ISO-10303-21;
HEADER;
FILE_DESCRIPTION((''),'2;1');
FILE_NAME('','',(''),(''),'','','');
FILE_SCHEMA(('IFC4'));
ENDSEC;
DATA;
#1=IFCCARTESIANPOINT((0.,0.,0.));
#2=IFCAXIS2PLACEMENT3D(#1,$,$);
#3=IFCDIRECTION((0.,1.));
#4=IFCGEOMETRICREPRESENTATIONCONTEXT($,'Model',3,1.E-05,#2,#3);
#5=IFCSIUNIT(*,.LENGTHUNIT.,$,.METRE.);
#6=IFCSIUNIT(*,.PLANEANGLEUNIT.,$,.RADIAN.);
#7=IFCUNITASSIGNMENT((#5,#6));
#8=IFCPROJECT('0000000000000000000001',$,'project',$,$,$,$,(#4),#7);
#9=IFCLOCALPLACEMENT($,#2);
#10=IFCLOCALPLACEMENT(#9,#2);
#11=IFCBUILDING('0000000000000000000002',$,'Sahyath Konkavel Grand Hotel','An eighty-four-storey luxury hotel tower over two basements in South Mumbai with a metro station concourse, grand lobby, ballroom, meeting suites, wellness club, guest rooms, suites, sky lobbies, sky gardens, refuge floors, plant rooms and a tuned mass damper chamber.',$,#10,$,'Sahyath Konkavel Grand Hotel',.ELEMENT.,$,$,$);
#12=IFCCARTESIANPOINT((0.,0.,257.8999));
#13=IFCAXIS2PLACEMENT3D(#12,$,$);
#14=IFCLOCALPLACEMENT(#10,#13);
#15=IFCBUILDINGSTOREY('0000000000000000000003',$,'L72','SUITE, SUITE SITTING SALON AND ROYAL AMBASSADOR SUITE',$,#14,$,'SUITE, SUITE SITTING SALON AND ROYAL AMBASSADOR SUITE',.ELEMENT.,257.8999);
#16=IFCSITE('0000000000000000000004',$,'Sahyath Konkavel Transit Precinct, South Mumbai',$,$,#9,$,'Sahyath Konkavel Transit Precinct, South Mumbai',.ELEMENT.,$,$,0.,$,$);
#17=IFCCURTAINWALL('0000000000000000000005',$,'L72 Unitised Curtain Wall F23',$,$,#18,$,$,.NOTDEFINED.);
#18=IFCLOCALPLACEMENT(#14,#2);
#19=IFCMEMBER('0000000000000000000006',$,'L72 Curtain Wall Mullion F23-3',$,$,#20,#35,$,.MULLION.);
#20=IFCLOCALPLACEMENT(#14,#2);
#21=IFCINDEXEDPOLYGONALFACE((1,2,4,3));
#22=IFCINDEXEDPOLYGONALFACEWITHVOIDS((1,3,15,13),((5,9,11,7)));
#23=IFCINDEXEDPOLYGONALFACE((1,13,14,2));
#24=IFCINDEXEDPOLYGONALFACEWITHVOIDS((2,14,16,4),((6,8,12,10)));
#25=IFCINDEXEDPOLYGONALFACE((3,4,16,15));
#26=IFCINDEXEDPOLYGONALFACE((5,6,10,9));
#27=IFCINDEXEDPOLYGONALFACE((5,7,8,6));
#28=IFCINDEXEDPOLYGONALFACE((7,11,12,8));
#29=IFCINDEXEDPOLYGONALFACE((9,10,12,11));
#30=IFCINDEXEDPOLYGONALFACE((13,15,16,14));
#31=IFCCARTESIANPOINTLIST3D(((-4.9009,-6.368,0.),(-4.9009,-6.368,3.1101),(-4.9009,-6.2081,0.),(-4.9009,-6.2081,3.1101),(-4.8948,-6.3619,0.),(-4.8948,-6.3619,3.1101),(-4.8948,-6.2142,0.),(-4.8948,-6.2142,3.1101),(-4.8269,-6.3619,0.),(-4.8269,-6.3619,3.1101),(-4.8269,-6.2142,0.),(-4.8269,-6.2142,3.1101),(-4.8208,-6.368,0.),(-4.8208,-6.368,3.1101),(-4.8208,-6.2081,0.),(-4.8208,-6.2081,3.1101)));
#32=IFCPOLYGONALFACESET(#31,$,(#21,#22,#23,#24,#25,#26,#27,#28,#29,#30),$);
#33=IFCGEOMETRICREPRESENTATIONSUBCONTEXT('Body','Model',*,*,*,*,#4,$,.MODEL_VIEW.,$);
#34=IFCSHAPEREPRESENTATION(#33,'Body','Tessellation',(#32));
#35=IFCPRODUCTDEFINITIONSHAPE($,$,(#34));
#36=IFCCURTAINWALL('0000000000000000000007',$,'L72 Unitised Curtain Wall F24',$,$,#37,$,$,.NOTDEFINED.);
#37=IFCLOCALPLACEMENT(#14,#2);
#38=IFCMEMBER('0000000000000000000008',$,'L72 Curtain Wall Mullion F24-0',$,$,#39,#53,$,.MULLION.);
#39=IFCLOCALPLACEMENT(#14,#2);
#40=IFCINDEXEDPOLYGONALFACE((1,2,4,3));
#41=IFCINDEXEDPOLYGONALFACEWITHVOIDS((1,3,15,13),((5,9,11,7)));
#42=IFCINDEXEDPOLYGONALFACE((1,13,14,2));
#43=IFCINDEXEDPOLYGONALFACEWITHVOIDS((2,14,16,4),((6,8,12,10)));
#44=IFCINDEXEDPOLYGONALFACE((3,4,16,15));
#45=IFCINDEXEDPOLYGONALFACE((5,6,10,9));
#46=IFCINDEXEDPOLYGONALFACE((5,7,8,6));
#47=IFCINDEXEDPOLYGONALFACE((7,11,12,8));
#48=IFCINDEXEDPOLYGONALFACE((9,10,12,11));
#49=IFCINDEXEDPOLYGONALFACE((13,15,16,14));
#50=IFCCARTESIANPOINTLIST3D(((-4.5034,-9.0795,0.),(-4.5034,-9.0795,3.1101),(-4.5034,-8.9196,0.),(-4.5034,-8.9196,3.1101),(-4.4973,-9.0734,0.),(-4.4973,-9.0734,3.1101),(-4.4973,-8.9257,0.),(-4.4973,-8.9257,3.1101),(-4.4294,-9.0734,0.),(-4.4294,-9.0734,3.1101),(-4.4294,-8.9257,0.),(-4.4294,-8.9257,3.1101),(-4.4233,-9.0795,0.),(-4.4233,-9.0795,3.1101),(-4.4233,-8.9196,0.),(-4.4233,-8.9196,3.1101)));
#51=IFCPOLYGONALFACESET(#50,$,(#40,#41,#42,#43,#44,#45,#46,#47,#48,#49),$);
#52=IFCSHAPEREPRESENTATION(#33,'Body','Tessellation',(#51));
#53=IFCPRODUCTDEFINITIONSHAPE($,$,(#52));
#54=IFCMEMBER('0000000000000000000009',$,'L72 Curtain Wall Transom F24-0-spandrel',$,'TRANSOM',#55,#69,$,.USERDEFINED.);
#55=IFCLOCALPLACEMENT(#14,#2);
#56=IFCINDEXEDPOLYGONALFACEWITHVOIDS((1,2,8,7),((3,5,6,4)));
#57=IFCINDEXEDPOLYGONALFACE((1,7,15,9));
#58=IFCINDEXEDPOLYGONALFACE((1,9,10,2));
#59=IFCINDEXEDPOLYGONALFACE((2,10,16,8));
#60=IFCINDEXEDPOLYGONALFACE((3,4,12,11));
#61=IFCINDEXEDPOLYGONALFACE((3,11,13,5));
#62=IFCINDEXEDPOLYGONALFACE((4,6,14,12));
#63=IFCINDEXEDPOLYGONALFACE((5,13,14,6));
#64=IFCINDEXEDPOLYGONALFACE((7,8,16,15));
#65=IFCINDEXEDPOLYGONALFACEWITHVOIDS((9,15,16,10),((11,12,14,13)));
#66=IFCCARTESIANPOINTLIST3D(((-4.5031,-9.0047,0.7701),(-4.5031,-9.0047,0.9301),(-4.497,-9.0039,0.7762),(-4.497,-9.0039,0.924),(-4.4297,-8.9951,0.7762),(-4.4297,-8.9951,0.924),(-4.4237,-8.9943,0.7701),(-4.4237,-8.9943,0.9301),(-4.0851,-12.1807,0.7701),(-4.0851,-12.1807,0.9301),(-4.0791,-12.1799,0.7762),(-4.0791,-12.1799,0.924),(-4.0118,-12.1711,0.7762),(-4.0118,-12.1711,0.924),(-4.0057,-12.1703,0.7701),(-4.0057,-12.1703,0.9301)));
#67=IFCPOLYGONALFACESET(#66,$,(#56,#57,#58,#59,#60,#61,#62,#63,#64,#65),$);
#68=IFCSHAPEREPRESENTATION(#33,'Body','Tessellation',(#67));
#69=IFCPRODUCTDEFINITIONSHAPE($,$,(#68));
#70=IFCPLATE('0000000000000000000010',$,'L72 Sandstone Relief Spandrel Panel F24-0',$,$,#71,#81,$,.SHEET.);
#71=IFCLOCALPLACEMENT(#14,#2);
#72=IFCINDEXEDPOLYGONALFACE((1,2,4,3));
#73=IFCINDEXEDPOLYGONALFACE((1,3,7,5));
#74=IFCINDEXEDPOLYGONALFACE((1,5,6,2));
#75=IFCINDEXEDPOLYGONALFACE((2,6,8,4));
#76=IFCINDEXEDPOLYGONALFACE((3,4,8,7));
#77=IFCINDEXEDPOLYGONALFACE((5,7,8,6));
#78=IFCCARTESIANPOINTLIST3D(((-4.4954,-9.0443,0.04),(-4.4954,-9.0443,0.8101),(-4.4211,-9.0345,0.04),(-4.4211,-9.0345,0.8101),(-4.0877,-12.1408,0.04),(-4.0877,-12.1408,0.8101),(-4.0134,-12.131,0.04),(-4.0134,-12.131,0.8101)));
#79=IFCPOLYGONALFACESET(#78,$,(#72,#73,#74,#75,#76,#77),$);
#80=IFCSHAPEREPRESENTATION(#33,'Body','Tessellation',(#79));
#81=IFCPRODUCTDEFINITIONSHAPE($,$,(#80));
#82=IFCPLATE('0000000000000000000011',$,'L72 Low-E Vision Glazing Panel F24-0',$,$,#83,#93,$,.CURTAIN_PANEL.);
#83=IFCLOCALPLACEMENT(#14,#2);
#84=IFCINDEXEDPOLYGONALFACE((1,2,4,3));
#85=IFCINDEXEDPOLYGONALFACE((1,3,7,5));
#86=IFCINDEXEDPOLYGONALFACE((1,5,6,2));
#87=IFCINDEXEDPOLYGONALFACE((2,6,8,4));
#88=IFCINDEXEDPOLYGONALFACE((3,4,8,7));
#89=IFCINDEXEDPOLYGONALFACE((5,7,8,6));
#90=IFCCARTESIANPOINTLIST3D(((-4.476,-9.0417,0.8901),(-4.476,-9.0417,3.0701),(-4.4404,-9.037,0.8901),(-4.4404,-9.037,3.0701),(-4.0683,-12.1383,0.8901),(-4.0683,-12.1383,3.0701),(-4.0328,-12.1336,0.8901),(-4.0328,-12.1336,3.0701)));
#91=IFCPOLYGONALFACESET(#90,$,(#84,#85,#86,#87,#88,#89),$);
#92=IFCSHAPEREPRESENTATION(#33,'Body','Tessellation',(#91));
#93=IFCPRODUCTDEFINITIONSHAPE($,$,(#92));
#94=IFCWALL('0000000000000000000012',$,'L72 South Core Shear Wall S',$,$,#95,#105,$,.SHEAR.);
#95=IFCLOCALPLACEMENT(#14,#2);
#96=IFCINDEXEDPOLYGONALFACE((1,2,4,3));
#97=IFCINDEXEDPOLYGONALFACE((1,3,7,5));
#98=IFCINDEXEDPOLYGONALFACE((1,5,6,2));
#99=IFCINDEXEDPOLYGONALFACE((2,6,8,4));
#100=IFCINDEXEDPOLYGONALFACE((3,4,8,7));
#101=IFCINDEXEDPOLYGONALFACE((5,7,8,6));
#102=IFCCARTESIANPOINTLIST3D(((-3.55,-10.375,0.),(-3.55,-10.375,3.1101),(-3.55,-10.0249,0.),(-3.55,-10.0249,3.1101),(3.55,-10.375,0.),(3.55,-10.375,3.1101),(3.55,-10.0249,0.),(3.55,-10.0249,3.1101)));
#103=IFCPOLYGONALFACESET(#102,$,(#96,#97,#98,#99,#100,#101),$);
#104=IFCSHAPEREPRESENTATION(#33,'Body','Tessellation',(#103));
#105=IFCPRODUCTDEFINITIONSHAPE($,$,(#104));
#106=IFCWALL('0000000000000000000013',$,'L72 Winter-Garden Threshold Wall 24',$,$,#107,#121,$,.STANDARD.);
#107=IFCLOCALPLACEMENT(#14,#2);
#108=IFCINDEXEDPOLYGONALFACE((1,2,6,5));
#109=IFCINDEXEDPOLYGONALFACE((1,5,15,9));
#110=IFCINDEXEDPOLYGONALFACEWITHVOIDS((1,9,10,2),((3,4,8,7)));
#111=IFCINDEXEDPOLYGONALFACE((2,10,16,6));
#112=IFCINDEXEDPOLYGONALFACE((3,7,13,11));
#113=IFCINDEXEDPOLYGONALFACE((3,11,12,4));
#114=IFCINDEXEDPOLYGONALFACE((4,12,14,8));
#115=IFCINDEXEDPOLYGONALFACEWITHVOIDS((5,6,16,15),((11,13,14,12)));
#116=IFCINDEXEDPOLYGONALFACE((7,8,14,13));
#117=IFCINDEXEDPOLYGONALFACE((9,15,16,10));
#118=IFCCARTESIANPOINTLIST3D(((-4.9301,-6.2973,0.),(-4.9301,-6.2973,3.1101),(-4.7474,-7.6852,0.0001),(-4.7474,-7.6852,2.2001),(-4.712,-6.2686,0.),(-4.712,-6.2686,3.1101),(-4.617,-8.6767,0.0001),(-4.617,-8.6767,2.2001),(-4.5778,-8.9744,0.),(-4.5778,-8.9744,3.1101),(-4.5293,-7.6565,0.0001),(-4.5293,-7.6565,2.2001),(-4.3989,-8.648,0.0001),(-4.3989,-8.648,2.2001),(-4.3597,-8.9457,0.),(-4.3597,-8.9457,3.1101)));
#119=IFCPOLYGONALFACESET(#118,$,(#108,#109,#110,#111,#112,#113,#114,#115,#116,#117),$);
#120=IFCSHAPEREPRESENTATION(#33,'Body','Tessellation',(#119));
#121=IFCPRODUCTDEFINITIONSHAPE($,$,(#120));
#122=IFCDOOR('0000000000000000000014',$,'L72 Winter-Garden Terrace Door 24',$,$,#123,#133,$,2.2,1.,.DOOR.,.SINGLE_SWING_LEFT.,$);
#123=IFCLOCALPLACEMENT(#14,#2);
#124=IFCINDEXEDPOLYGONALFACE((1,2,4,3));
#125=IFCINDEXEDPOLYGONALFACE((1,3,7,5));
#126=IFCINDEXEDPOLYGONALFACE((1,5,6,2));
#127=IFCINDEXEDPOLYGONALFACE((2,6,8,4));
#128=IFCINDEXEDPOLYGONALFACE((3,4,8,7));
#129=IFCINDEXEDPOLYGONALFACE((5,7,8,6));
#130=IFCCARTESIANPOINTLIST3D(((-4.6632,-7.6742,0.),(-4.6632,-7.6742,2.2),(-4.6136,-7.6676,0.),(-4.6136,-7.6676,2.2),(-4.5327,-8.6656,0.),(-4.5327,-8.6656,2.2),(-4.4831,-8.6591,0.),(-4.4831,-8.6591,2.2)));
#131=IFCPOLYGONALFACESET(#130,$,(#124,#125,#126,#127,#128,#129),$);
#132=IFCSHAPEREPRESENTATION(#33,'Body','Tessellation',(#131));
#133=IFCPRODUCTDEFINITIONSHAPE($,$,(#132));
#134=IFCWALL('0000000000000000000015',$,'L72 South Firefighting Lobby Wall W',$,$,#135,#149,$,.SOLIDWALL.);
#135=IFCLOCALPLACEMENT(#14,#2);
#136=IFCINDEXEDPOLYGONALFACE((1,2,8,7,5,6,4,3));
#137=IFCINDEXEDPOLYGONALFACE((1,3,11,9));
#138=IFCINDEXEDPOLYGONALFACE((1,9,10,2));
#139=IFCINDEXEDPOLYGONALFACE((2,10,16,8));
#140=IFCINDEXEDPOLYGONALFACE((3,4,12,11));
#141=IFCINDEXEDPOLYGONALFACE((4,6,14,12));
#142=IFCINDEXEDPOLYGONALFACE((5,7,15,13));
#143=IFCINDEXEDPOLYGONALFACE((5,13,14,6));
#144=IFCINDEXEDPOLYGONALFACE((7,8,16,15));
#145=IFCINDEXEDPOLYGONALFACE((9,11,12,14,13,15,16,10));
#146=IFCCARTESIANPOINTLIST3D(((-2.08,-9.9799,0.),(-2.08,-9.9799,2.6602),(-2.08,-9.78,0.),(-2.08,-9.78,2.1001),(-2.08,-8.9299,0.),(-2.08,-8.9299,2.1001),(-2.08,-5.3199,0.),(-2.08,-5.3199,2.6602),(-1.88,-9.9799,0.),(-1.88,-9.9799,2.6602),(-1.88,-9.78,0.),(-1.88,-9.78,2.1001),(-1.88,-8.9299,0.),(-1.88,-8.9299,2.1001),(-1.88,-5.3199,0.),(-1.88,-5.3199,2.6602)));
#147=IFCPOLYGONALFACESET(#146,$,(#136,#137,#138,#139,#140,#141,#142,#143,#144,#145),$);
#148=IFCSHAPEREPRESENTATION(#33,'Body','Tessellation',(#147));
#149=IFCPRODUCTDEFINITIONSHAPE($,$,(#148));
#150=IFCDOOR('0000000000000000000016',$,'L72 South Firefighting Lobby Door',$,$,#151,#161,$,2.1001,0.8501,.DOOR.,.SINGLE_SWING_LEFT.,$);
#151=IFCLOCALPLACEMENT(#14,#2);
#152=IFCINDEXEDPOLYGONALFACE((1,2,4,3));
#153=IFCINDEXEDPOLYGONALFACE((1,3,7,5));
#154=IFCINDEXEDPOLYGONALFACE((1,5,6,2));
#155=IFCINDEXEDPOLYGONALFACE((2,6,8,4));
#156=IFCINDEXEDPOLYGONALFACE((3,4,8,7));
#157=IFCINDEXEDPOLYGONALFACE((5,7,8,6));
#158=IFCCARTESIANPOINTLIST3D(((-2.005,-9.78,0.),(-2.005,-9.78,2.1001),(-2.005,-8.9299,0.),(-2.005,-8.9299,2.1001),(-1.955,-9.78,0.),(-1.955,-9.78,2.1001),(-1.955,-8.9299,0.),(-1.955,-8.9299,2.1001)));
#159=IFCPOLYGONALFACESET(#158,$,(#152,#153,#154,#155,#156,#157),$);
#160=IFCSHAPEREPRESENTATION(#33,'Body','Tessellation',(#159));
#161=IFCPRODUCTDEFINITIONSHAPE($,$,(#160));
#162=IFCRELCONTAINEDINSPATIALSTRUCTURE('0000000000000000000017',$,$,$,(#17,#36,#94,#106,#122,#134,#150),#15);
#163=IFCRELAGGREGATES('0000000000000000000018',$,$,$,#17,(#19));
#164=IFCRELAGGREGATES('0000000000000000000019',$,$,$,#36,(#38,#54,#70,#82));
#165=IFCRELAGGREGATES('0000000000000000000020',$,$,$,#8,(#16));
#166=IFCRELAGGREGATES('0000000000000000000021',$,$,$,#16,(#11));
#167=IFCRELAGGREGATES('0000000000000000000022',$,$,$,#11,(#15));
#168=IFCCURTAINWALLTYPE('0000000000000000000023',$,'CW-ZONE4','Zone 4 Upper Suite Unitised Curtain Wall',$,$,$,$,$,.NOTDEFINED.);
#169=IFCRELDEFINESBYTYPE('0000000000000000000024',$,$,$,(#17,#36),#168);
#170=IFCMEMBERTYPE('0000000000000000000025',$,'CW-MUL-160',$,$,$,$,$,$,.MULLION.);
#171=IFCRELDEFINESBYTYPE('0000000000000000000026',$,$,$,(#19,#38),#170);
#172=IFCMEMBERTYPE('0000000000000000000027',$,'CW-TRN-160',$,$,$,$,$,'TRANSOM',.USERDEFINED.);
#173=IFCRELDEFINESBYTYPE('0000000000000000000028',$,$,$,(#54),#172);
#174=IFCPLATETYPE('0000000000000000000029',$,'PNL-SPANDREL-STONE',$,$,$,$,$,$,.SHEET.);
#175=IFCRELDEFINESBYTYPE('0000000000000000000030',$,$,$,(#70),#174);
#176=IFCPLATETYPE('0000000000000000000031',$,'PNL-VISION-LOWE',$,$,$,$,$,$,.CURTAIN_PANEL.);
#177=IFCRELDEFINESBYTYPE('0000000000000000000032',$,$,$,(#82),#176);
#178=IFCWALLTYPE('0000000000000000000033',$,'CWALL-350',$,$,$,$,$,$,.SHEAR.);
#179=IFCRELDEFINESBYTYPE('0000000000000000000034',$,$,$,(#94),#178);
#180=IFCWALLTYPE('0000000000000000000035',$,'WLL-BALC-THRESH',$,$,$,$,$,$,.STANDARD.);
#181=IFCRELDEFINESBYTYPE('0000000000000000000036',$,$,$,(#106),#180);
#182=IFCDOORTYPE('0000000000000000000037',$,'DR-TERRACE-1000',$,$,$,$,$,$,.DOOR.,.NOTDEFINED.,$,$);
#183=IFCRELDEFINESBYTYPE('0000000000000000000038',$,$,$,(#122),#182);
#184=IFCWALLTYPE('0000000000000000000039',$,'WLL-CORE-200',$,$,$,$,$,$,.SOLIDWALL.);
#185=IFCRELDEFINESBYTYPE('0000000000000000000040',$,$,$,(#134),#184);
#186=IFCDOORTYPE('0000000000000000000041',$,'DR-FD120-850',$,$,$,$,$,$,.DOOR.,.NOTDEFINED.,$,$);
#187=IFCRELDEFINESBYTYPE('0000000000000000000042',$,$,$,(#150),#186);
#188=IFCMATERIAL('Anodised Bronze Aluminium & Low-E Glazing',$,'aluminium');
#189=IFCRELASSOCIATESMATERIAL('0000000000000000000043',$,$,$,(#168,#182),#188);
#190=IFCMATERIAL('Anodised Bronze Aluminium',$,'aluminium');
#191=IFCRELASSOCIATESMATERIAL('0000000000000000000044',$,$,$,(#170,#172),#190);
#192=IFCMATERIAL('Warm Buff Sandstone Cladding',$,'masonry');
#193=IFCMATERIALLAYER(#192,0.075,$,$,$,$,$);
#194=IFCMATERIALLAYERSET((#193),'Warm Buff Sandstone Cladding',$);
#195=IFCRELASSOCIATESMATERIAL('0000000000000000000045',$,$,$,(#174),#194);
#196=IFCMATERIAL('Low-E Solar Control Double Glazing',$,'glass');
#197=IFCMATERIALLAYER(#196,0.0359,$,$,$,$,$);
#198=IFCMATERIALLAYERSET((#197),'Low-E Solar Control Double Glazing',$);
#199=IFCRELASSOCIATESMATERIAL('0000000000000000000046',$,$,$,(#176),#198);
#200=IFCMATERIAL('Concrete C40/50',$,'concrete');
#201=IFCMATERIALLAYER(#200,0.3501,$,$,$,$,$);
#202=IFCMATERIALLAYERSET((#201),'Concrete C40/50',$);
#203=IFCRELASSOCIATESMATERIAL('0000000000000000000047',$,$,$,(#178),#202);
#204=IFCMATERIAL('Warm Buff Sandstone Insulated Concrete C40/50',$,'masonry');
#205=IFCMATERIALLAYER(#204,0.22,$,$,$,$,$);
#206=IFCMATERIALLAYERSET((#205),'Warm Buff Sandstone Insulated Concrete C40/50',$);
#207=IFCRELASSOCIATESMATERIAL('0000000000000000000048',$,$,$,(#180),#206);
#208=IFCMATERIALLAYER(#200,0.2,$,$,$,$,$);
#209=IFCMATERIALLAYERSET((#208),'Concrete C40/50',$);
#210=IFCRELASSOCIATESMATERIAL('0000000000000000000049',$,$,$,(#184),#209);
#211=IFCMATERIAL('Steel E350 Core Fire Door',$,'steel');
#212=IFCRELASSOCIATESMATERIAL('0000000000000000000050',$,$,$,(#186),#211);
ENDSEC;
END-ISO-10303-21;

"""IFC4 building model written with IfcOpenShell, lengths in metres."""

from ifc_helpers import new_model, si_unit, direction, frame, frame_2d, origin, origin_2d, place, context, subcontext, project, spatial, rectangle, hollow_rectangle, extrude, source, transform, mapped, material, layer, layer_set, material_profile, profile_set, type_object, element, fill, aggregate, save


model = new_model("IFC4")

# Units and contexts
model_context = context("Model", 3, precision=1e-05, world=origin(), true_north=direction((0.0, 1.0)))
body_context = subcontext(model_context, "Body", "Model", "MODEL_VIEW")
ifc_project = project(units=[si_unit("LENGTHUNIT", "METRE"), si_unit("PLANEANGLEUNIT", "RADIAN")], contexts=[model_context])

# Site, building, storey
site_placement = place(None, origin())
site = spatial("IfcSite", under=ifc_project, at=site_placement, Name="Sahyath Konkavel Transit Precinct, South Mumbai", LongName="Sahyath Konkavel Transit Precinct, South Mumbai", CompositionType="ELEMENT", RefElevation=0.0)
building_placement = place(site_placement, origin())
building = spatial("IfcBuilding", under=site, at=building_placement, Name="Sahyath Konkavel Grand Hotel", Description="An eighty-four-storey luxury hotel tower over two basements in South Mumbai with a metro station concourse, grand lobby, ballroom, meeting suites, wellness club, guest rooms, suites, sky lobbies, sky gardens, refuge floors, plant rooms and a tuned mass damper chamber.", LongName="Sahyath Konkavel Grand Hotel", CompositionType="ELEMENT")
storey_placement = place(building_placement, frame((0.0, 0.0, 257.8999)))
storey = spatial("IfcBuildingStorey", under=building, at=storey_placement, Name="L72", Description="SUITE, SUITE SITTING SALON AND ROYAL AMBASSADOR SUITE", LongName="SUITE, SUITE SITTING SALON AND ROYAL AMBASSADOR SUITE", CompositionType="ELEMENT", Elevation=257.8999)

# Shared definitions
ifc_material_1 = material(Name="Concrete C40/50", Category="concrete")

# Curtain wall, member
ifc_material_2 = material(Name="Anodised Bronze Aluminium & Low-E Glazing", Category="aluminium")
curtain_wall_type = type_object("IfcCurtainWallType", Name="CW-ZONE4", Description="Zone 4 Upper Suite Unitised Curtain Wall", PredefinedType="NOTDEFINED", material=ifc_material_2)
curtain_wall_1_placement = place(storey_placement, origin())
curtain_wall_1 = element("IfcCurtainWall", 1, at=curtain_wall_1_placement, inside=storey, type_object=curtain_wall_type, Name="L72 Unitised Curtain Wall F23", PredefinedType="NOTDEFINED")
ifc_material_3 = material(Name="Anodised Bronze Aluminium", Category="aluminium")
ifc_material_profile_1 = material_profile(ifc_material_3, hollow_rectangle(XDim=0.0801, YDim=0.1599, WallThickness=0.0061, at=origin_2d()), Name="RHS 160x80x6")
ifc_profile_set_1 = profile_set([ifc_material_profile_1], Name="Anodised Bronze Aluminium")
member_type_1 = type_object("IfcMemberType", Name="CW-MUL-160", PredefinedType="MULLION", material=ifc_profile_set_1)
shared_shape_1 = source(origin(), body_context, "Body", "SweptSolid", [
    extrude(hollow_rectangle(XDim=0.0801, YDim=0.1599, WallThickness=0.0061, at=origin_2d()), origin(), (0.0, 0.0, 1.0), 3.1101),
])
member_1_placement = place(storey_placement, frame((-4.8608, -6.2881, 0.0), z_axis=(0.0, 0.0, 1.0), x_axis=(1.0, 0.0, 0.0)))
member_1 = element("IfcMember", 2, at=member_1_placement, type_object=member_type_1, Name="L72 Curtain Wall Mullion F23-3", PredefinedType="MULLION", context=body_context, shape_type="MappedRepresentation", body=[
    mapped(shared_shape_1, transform((0.0, 0.0, 0.0), scale=1.0)),
])
aggregate(curtain_wall_1, [member_1])

# Curtain wall, members, plates
curtain_wall_2_placement = place(storey_placement, origin())
curtain_wall_2 = element("IfcCurtainWall", 3, at=curtain_wall_2_placement, inside=storey, type_object=curtain_wall_type, Name="L72 Unitised Curtain Wall F24", PredefinedType="NOTDEFINED")
member_2_placement = place(storey_placement, frame((-4.4634, -8.9995, 0.0), z_axis=(0.0, 0.0, 1.0), x_axis=(1.0, 0.0, 0.0)))
member_2 = element("IfcMember", 4, at=member_2_placement, type_object=member_type_1, Name="L72 Curtain Wall Mullion F24-0", PredefinedType="MULLION", context=body_context, shape_type="MappedRepresentation", body=[
    mapped(shared_shape_1, transform((0.0, 0.0, 0.0), scale=1.0)),
])
ifc_material_profile_2 = material_profile(ifc_material_3, hollow_rectangle(XDim=0.0801, YDim=0.1599, WallThickness=0.0061, at=origin_2d()), Name="RHS 160x80x6")
ifc_profile_set_2 = profile_set([ifc_material_profile_2], Name="Anodised Bronze Aluminium")
member_type_2 = type_object("IfcMemberType", Name="CW-TRN-160", ElementType="TRANSOM", PredefinedType="USERDEFINED", material=ifc_profile_set_2)
shared_shape_2 = source(origin(), body_context, "Body", "SweptSolid", [
    extrude(hollow_rectangle(XDim=0.0801, YDim=0.1599, WallThickness=0.0061, at=origin_2d()), origin(), (0.0, 0.0, 1.0), 3.2034),
])
member_3_placement = place(storey_placement, frame((-4.4634, -8.9995, 0.8501), z_axis=(0.130476, -0.991451, 0.0), x_axis=(0.991451, 0.130476, 0.0)))
member_3 = element("IfcMember", 5, at=member_3_placement, type_object=member_type_2, Name="L72 Curtain Wall Transom F24-0-spandrel", ObjectType="TRANSOM", PredefinedType="USERDEFINED", context=body_context, shape_type="MappedRepresentation", body=[
    mapped(shared_shape_2, transform((0.0, 0.0, 0.0), scale=1.0)),
])
ifc_material_4 = material(Name="Warm Buff Sandstone Cladding", Category="masonry")
ifc_layer_1 = layer(ifc_material_4, 0.075)
ifc_layer_set_1 = layer_set([ifc_layer_1], Name="Warm Buff Sandstone Cladding")
plate_type_1 = type_object("IfcPlateType", Name="PNL-SPANDREL-STONE", PredefinedType="SHEET", material=ifc_layer_set_1)
shared_shape_3 = source(origin(), body_context, "Body", "SweptSolid", [
    extrude(rectangle(XDim=3.1233, YDim=0.075, at=origin_2d()), origin(), (0.0, 0.0, 1.0), 0.77),
])
plate_1_placement = place(storey_placement, frame((-4.2544, -10.5876, 0.04), z_axis=(0.0, 0.0, 1.0), x_axis=(0.130526, -0.991445, 0.0)))
plate_1 = element("IfcPlate", 6, at=plate_1_placement, type_object=plate_type_1, Name="L72 Sandstone Relief Spandrel Panel F24-0", PredefinedType="SHEET", context=body_context, shape_type="MappedRepresentation", body=[
    mapped(shared_shape_3, transform((0.0, 0.0, 0.0), scale=1.0)),
])
ifc_material_5 = material(Name="Low-E Solar Control Double Glazing", Category="glass")
ifc_layer_2 = layer(ifc_material_5, 0.0359)
ifc_layer_set_2 = layer_set([ifc_layer_2], Name="Low-E Solar Control Double Glazing")
plate_type_2 = type_object("IfcPlateType", Name="PNL-VISION-LOWE", PredefinedType="CURTAIN_PANEL", material=ifc_layer_set_2)
shared_shape_4 = source(origin(), body_context, "Body", "SweptSolid", [
    extrude(rectangle(XDim=3.1233, YDim=0.0359, at=origin_2d()), origin(), (0.0, 0.0, 1.0), 2.1799),
])
plate_2_placement = place(storey_placement, frame((-4.2544, -10.5876, 0.8901), z_axis=(0.0, 0.0, 1.0), x_axis=(0.130526, -0.991445, 0.0)))
plate_2 = element("IfcPlate", 7, at=plate_2_placement, type_object=plate_type_2, Name="L72 Low-E Vision Glazing Panel F24-0", PredefinedType="CURTAIN_PANEL", context=body_context, shape_type="MappedRepresentation", body=[
    mapped(shared_shape_4, transform((0.0, 0.0, 0.0), scale=1.0)),
])
aggregate(curtain_wall_2, [member_2, member_3, plate_1, plate_2])

# Wall
ifc_layer_3 = layer(ifc_material_1, 0.3501)
ifc_layer_set_3 = layer_set([ifc_layer_3], Name="Concrete C40/50")
wall_type_1 = type_object("IfcWallType", Name="CWALL-350", PredefinedType="SHEAR", material=ifc_layer_set_3)
wall_1_placement = place(storey_placement, frame((-3.55, -10.2, 0.0), z_axis=(0.0, 0.0, 1.0), x_axis=(1.0, 0.0, 0.0)))
element("IfcWall", 8, at=wall_1_placement, inside=storey, type_object=wall_type_1, Name="L72 South Core Shear Wall S", PredefinedType="SHEAR", context=body_context, shape_type="SweptSolid", body=[
    extrude(rectangle(XDim=7.1001, YDim=0.3501, at=frame_2d((3.55, 0.0))), origin(), (0.0, 0.0, 1.0), 3.1101),
])

# Walls, openings, doors
ifc_material_6 = material(Name="Warm Buff Sandstone Insulated Concrete C40/50", Category="masonry")
ifc_layer_4 = layer(ifc_material_6, 0.22)
ifc_layer_set_4 = layer_set([ifc_layer_4], Name="Warm Buff Sandstone Insulated Concrete C40/50")
wall_type_2 = type_object("IfcWallType", Name="WLL-BALC-THRESH", PredefinedType="STANDARD", material=ifc_layer_set_4)
wall_2_placement = place(storey_placement, frame((-4.821, -6.283, 0.0), z_axis=(0.0, 0.0, 1.0), x_axis=(0.130476, -0.991452, 0.0)))
wall_2 = element("IfcWall", 9, at=wall_2_placement, inside=storey, type_object=wall_type_2, Name="L72 Winter-Garden Threshold Wall 24", PredefinedType="STANDARD", context=body_context, shape_type="SweptSolid", body=[
    extrude(rectangle(XDim=2.7002, YDim=0.22, at=frame_2d((1.3501, 0.0))), origin(), (0.0, 0.0, 1.0), 3.1101),
])
opening_1_placement = place(wall_2_placement, frame((1.3999, 0.0, 0.0)))
opening_1 = element("IfcOpeningElement", 10, at=opening_1_placement, cuts=wall_2, PredefinedType="OPENING", context=body_context, shape_type="SweptSolid", body=[
    extrude(rectangle(XDim=1.0, YDim=2.2, at=frame_2d((0.5, 1.1001))), frame((0.0, 0.1201, 0.0), z_axis=(0.0, -1.0, 0.0), x_axis=(1.0, 0.0, 0.0)), (0.0, 0.0, 1.0), 0.24),
])
door_type_1 = type_object("IfcDoorType", Name="DR-TERRACE-1000", OperationType="NOTDEFINED", PredefinedType="DOOR", material=ifc_material_2)
shared_shape_5 = source(origin(), body_context, "Body", "SweptSolid", [
    extrude(rectangle(XDim=1.0, YDim=0.05, at=origin_2d()), origin(), (0.0, 0.0, 1.0), 2.2),
])
door_1_placement = place(opening_1_placement, frame((0.5, 0.0, 0.0)))
door_1 = element("IfcDoor", 11, at=door_1_placement, inside=storey, type_object=door_type_1, Name="L72 Winter-Garden Terrace Door 24", OperationType="SINGLE_SWING_LEFT", OverallHeight=2.2, OverallWidth=1.0, PredefinedType="DOOR", context=body_context, shape_type="MappedRepresentation", body=[
    mapped(shared_shape_5, transform((0.0, 0.0, 0.0), scale=1.0)),
])
fill(opening_1, door_1)
ifc_layer_5 = layer(ifc_material_1, 0.2)
ifc_layer_set_5 = layer_set([ifc_layer_5], Name="Concrete C40/50")
wall_type_3 = type_object("IfcWallType", Name="WLL-CORE-200", PredefinedType="SOLIDWALL", material=ifc_layer_set_5)
wall_3_placement = place(storey_placement, frame((-1.98, -9.98, 0.0), z_axis=(0.0, 0.0, 1.0), x_axis=(0.0, 1.0, 0.0)))
wall_3 = element("IfcWall", 12, at=wall_3_placement, inside=storey, type_object=wall_type_3, Name="L72 South Firefighting Lobby Wall W", PredefinedType="SOLIDWALL", context=body_context, shape_type="SweptSolid", body=[
    extrude(rectangle(XDim=4.6599, YDim=0.2, at=frame_2d((2.3301, 0.0))), origin(), (0.0, 0.0, 1.0), 2.6602),
])
opening_2_placement = place(wall_3_placement, frame((0.2, 0.0, 0.0)))
opening_2 = element("IfcOpeningElement", 13, at=opening_2_placement, cuts=wall_3, PredefinedType="OPENING", context=body_context, shape_type="SweptSolid", body=[
    extrude(rectangle(XDim=0.8501, YDim=2.1001, at=frame_2d((0.425, 1.05))), frame((0.0, 0.1099, 0.0), z_axis=(0.0, -1.0, 0.0), x_axis=(1.0, 0.0, 0.0)), (0.0, 0.0, 1.0), 0.22),
])
ifc_material_7 = material(Name="Steel E350 Core Fire Door", Category="steel")
door_type_2 = type_object("IfcDoorType", Name="DR-FD120-850", OperationType="NOTDEFINED", PredefinedType="DOOR", material=ifc_material_7)
shared_shape_6 = source(origin(), body_context, "Body", "SweptSolid", [
    extrude(rectangle(XDim=0.8501, YDim=0.05, at=origin_2d()), origin(), (0.0, 0.0, 1.0), 2.1001),
])
door_2_placement = place(opening_2_placement, frame((0.425, 0.0, 0.0)))
door_2 = element("IfcDoor", 14, at=door_2_placement, inside=storey, type_object=door_type_2, Name="L72 South Firefighting Lobby Door", OperationType="SINGLE_SWING_LEFT", OverallHeight=2.1001, OverallWidth=0.8501, PredefinedType="DOOR", context=body_context, shape_type="MappedRepresentation", body=[
    mapped(shared_shape_6, transform((0.0, 0.0, 0.0), scale=1.0)),
])
fill(opening_2, door_2)

save(model, "model.ifc")
